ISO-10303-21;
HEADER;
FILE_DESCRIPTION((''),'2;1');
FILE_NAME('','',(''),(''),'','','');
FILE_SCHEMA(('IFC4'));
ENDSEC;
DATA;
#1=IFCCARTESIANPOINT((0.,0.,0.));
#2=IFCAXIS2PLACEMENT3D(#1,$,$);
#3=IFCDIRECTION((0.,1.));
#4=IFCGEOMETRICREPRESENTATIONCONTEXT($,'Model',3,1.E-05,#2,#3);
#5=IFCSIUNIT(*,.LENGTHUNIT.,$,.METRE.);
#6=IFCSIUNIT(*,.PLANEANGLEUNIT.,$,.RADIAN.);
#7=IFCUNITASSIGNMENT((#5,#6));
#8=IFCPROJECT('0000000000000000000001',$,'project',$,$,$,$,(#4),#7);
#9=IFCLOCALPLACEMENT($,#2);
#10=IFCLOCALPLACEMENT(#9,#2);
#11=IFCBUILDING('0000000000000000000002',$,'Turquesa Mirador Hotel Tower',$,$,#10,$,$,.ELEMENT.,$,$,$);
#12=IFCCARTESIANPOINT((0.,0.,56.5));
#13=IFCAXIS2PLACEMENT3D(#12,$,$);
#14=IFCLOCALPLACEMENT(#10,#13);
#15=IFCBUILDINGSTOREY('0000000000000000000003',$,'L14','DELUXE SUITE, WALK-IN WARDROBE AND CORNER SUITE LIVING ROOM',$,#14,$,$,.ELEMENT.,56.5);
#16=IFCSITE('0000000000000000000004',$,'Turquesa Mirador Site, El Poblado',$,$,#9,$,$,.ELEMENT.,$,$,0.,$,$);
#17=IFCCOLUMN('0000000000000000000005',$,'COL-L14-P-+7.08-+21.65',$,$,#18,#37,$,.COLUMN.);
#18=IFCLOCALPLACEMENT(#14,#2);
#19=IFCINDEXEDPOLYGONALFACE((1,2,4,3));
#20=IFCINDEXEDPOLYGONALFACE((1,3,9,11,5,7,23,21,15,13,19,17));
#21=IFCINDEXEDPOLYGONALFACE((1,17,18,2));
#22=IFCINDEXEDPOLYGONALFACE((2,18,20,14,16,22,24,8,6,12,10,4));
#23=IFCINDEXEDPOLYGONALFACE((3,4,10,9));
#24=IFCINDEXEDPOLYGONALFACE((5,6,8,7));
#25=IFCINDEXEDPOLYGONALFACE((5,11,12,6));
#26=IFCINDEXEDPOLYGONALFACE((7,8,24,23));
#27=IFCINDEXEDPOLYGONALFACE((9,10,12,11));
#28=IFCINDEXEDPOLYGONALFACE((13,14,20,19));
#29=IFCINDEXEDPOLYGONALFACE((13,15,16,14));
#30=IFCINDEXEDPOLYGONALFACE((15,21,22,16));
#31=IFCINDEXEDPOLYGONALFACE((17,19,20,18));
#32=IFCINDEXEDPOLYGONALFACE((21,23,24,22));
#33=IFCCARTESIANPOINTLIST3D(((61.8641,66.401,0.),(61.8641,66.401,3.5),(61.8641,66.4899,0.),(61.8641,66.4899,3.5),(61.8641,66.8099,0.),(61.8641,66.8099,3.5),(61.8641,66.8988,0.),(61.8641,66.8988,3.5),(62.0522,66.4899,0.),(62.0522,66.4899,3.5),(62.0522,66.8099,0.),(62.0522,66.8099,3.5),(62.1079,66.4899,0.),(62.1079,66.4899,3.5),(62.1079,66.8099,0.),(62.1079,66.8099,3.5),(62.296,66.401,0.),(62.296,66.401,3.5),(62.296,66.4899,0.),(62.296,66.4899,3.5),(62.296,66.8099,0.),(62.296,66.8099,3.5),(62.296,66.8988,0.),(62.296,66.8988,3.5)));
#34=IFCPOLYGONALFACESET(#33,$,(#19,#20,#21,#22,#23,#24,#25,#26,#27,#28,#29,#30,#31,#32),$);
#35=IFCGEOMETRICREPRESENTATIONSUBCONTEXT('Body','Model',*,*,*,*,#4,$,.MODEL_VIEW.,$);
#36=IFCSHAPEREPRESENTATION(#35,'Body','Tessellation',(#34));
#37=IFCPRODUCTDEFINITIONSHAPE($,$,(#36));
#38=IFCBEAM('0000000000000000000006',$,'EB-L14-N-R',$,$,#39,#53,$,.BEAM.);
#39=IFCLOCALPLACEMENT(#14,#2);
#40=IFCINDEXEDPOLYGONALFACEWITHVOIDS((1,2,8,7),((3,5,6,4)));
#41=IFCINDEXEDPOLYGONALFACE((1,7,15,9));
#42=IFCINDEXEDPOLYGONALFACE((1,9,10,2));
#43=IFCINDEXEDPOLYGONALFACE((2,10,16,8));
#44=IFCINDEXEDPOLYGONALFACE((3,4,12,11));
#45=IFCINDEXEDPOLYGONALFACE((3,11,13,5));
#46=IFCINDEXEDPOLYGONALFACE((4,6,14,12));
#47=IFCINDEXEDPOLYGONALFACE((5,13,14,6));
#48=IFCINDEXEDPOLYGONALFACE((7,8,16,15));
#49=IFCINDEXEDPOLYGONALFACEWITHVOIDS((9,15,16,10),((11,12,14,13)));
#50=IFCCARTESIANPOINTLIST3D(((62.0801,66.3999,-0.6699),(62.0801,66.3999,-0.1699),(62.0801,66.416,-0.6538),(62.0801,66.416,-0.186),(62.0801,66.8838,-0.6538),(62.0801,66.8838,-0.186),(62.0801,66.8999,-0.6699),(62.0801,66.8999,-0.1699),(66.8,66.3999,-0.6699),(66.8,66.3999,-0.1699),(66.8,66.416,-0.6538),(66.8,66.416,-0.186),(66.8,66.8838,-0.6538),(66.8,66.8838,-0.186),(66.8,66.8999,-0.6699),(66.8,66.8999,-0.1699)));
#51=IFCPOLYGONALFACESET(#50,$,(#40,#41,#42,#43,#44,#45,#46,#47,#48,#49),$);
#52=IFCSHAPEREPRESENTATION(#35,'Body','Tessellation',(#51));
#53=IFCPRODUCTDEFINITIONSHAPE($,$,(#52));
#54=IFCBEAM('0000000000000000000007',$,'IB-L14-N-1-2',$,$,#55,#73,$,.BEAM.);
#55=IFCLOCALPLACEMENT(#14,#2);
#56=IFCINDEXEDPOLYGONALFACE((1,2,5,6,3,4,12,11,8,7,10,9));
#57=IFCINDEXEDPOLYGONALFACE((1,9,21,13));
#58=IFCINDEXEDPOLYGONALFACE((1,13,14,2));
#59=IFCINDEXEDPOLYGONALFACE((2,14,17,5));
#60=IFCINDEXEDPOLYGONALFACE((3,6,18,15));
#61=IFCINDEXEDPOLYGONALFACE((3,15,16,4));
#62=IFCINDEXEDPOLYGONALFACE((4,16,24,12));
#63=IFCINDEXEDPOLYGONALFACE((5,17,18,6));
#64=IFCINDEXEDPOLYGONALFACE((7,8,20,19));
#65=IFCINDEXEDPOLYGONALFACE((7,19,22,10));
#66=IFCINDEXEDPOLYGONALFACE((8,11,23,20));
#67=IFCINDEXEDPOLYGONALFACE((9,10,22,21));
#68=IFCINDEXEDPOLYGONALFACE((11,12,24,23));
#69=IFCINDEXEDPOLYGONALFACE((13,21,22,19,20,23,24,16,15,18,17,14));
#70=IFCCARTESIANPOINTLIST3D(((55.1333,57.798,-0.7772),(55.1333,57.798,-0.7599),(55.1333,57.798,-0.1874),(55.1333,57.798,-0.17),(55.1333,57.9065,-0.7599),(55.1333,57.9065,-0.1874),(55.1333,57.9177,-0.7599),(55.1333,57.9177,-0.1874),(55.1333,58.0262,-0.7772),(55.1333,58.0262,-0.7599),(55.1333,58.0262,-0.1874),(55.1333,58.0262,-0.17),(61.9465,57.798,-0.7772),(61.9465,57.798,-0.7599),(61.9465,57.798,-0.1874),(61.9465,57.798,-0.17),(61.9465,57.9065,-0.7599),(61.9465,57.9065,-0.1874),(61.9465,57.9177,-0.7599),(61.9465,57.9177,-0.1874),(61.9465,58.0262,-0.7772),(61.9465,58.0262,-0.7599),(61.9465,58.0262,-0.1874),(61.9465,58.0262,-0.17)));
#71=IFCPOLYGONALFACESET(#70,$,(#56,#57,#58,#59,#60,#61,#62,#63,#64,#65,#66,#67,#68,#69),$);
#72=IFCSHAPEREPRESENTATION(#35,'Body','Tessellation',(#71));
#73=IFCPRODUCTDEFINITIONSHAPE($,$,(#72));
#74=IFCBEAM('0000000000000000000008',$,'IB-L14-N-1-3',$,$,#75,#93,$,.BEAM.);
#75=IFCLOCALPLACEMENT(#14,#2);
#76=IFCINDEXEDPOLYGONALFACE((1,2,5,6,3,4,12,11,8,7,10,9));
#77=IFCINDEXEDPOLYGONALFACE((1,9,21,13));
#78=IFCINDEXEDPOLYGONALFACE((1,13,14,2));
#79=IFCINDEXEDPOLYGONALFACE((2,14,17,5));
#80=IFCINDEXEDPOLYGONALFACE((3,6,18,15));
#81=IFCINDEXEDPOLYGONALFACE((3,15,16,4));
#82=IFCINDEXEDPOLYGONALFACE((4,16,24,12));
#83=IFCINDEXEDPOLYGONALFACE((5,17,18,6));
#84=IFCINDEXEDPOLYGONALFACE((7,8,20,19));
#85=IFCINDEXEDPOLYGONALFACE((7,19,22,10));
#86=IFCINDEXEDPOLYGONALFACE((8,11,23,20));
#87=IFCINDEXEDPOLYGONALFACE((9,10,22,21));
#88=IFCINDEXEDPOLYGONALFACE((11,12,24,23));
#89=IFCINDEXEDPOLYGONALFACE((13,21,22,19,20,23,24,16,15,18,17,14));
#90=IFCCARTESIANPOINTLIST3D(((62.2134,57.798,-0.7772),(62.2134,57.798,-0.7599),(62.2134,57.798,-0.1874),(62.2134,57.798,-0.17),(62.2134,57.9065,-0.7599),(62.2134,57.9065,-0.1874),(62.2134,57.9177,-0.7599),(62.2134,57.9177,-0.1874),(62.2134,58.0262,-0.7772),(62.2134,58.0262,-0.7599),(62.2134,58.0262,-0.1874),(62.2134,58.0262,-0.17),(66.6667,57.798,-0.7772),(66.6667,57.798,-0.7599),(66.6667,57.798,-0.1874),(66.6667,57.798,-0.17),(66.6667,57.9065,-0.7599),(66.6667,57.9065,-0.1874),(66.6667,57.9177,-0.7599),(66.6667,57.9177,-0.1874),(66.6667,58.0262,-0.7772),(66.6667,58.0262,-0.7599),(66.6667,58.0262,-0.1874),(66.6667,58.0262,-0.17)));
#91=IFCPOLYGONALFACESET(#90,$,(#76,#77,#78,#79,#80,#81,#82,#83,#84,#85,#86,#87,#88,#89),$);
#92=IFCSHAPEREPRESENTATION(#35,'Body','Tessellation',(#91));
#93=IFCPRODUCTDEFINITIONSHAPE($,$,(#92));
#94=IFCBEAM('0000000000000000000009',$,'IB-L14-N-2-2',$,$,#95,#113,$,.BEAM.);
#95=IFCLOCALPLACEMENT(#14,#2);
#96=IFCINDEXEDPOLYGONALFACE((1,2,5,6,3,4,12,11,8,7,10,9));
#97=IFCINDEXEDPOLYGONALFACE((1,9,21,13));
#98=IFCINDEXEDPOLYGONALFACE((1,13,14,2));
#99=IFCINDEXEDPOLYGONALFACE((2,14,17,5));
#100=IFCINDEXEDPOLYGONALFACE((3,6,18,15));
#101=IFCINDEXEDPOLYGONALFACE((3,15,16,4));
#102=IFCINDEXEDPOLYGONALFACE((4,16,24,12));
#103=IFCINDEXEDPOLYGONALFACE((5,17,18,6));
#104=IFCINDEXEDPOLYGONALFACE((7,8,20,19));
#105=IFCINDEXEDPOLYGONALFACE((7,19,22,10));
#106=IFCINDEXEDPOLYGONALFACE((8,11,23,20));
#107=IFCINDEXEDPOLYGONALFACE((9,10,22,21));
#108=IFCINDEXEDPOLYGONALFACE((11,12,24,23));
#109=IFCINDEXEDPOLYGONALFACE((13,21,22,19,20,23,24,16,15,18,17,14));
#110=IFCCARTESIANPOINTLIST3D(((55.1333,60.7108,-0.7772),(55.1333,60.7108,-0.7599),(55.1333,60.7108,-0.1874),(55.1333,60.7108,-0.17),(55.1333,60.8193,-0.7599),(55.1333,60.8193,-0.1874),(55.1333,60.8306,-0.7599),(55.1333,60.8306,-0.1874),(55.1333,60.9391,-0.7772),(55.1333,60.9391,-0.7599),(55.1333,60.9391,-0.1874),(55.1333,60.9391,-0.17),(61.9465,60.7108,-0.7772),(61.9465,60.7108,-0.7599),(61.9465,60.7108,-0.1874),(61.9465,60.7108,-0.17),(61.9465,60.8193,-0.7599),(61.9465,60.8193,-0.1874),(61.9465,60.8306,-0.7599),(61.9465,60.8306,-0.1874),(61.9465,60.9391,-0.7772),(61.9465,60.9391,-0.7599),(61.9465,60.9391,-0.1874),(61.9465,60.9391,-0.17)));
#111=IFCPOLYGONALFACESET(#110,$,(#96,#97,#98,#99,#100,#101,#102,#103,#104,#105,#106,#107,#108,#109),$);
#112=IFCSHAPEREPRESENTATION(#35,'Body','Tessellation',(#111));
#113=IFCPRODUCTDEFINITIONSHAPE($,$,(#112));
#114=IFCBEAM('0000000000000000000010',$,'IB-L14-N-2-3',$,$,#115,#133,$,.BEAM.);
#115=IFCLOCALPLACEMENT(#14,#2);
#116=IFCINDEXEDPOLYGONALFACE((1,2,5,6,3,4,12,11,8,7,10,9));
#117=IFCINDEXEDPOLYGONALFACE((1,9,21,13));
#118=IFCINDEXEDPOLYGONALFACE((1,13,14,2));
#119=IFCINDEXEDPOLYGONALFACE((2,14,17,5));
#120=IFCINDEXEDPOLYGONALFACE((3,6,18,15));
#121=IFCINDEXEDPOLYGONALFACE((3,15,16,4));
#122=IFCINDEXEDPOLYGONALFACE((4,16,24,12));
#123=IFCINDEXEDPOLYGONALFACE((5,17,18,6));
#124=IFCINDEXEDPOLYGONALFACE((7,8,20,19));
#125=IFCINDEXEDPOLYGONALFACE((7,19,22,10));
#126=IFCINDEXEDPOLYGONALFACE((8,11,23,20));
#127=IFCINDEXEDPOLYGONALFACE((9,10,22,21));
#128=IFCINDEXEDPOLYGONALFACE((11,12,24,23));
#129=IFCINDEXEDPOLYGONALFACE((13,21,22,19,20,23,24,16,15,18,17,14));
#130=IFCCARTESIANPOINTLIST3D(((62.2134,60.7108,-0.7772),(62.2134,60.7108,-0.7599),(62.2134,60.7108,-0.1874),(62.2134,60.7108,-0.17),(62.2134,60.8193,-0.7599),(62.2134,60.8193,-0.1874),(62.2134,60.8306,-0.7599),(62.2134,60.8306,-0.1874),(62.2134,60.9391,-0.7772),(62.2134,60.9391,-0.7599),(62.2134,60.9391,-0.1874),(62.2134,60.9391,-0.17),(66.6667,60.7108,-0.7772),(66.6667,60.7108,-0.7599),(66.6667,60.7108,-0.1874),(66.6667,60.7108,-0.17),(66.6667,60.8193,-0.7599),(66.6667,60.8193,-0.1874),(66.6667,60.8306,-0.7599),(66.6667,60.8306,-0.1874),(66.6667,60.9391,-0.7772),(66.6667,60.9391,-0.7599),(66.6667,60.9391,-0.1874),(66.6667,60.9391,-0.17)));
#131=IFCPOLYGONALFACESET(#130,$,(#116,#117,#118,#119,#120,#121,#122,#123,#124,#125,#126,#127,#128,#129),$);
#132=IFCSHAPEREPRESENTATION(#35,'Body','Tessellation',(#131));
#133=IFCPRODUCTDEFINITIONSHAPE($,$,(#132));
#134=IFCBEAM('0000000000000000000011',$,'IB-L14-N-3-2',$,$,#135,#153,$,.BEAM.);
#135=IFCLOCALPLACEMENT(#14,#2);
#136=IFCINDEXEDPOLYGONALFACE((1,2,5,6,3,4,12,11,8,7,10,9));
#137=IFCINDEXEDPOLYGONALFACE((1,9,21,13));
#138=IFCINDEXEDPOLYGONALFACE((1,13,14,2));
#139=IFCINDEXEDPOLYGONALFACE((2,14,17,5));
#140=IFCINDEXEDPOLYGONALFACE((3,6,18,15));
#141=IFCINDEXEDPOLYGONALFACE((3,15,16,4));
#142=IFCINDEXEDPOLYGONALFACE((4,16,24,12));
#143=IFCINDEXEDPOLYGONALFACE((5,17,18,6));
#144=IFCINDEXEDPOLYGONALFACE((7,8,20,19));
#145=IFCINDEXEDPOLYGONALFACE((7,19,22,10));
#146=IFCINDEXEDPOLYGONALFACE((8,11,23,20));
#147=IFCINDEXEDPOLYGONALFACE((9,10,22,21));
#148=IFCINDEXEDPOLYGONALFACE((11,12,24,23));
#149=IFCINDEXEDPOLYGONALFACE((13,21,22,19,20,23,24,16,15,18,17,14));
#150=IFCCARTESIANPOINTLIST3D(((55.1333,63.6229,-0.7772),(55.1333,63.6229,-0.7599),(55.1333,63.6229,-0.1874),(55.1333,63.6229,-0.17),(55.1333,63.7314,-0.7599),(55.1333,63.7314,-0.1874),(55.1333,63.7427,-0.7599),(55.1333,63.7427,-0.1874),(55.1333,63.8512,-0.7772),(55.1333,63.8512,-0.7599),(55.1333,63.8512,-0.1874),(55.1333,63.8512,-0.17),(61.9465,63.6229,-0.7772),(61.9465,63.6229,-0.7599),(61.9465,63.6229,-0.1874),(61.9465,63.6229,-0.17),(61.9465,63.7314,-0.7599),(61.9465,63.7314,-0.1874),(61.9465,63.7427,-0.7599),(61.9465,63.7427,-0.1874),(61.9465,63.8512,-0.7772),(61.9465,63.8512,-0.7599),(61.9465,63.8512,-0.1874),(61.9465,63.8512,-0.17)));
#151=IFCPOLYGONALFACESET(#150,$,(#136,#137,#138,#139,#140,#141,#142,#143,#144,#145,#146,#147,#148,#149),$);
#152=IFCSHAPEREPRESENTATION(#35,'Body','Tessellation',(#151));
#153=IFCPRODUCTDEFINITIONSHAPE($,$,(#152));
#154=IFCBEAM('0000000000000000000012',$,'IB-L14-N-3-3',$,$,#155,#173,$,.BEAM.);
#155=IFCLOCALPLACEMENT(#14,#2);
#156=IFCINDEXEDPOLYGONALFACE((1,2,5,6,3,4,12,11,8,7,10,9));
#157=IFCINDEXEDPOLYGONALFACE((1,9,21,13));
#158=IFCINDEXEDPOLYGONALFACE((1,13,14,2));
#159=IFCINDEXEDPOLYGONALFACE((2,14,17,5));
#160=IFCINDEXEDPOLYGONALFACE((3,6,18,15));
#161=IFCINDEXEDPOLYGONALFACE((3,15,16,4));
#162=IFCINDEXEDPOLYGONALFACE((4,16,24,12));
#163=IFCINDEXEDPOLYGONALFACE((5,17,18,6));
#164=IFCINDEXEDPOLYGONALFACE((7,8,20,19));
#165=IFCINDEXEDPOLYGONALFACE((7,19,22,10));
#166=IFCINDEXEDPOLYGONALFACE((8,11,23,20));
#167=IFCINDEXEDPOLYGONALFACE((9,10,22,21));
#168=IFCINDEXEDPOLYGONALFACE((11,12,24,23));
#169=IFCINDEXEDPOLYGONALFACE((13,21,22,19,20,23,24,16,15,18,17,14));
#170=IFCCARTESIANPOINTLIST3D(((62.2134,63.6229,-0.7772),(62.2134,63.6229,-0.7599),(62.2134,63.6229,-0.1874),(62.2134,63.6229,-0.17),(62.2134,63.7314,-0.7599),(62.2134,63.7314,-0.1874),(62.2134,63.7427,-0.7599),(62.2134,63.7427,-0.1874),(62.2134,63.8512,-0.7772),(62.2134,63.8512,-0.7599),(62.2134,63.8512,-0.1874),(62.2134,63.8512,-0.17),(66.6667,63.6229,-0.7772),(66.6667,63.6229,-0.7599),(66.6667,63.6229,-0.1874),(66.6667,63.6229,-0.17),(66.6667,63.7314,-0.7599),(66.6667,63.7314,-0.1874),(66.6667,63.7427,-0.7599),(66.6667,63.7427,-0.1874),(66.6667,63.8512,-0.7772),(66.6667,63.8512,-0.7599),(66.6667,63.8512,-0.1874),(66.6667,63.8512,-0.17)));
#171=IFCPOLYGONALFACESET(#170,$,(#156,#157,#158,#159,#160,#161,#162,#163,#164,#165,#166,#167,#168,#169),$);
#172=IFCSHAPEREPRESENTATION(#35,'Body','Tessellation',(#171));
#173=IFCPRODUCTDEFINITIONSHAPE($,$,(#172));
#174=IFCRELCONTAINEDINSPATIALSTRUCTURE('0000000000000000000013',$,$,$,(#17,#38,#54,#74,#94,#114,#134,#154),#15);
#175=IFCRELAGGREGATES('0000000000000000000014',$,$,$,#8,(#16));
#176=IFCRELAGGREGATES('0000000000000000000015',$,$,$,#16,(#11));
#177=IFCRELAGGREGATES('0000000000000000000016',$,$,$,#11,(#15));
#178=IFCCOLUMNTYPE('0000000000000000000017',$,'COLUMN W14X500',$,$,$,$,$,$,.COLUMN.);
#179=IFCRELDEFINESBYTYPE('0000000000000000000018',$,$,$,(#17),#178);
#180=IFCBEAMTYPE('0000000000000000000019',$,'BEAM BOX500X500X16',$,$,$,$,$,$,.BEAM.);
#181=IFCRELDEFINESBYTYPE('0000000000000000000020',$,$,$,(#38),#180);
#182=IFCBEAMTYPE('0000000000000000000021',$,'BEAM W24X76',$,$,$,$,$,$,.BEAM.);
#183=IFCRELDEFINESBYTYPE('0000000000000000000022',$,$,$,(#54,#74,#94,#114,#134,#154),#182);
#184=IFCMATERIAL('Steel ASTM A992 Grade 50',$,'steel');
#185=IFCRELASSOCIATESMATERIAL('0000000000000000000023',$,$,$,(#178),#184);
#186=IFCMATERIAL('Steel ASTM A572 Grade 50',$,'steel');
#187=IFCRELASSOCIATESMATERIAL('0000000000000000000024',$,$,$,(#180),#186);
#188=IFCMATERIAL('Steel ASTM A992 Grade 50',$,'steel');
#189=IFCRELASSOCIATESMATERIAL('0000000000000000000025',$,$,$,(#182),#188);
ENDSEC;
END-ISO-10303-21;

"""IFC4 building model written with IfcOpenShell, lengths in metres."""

from ifc_helpers import new_model, si_unit, direction, frame, origin, origin_2d, place, context, subcontext, project, spatial, hollow_rectangle, i_section, extrude, material, material_profile, profile_set, type_object, element, save


model = new_model("IFC4")

# Units and contexts
model_context = context("Model", 3, precision=1e-05, world=origin(), true_north=direction((0.0, 1.0)))
body_context = subcontext(model_context, "Body", "Model", "MODEL_VIEW")
ifc_project = project(units=[si_unit("LENGTHUNIT", "METRE"), si_unit("PLANEANGLEUNIT", "RADIAN")], contexts=[model_context])

# Site, building, storey
site_placement = place(None, origin())
site = spatial("IfcSite", under=ifc_project, at=site_placement, Name="Turquesa Mirador Site, El Poblado", CompositionType="ELEMENT", RefElevation=0.0)
building_placement = place(site_placement, origin())
building = spatial("IfcBuilding", under=site, at=building_placement, Name="Turquesa Mirador Hotel Tower", CompositionType="ELEMENT")
storey_placement = place(building_placement, frame((0.0, 0.0, 56.5)))
storey = spatial("IfcBuildingStorey", under=building, at=storey_placement, Name="L14", Description="DELUXE SUITE, WALK-IN WARDROBE AND CORNER SUITE LIVING ROOM", CompositionType="ELEMENT", Elevation=56.5)

# Column
ifc_material_1 = material(Name="Steel ASTM A992 Grade 50", Category="steel")
ifc_material_profile_1 = material_profile(ifc_material_1, i_section(OverallWidth=0.4319, OverallDepth=0.4978, WebThickness=0.0557, FlangeThickness=0.0889, at=origin_2d()), Name="W14X500")
ifc_profile_set_1 = profile_set([ifc_material_profile_1], Name="Steel ASTM A992 Grade 50")
column_type = type_object("IfcColumnType", Name="COLUMN W14X500", PredefinedType="COLUMN", material=ifc_profile_set_1)
column_placement = place(storey_placement, frame((62.0801, 66.6499, 0.0), z_axis=(0.0, 0.0, 1.0), x_axis=(1.0, 0.0, 0.0)))
element("IfcColumn", 1, at=column_placement, inside=storey, type_object=column_type, Name="COL-L14-P-+7.08-+21.65", PredefinedType="COLUMN", context=body_context, shape_type="SweptSolid", body=[
    extrude(i_section(OverallWidth=0.4319, OverallDepth=0.4978, WebThickness=0.0557, FlangeThickness=0.0889, at=origin_2d()), origin(), (0.0, 0.0, 1.0), 3.5),
])

# Beams
ifc_material_2 = material(Name="Steel ASTM A572 Grade 50", Category="steel")
ifc_material_profile_2 = material_profile(ifc_material_2, hollow_rectangle(XDim=0.5, YDim=0.5, WallThickness=0.0161, at=origin_2d()), Name="BOX500X500X16")
ifc_profile_set_2 = profile_set([ifc_material_profile_2], Name="Steel ASTM A572 Grade 50")
beam_type_1 = type_object("IfcBeamType", Name="BEAM BOX500X500X16", PredefinedType="BEAM", material=ifc_profile_set_2)
beam_1_placement = place(storey_placement, frame((62.0801, 66.6499, -0.4199), z_axis=(1.0, 0.0, 0.0), x_axis=(0.0, 1.0, 0.0)))
element("IfcBeam", 2, at=beam_1_placement, inside=storey, type_object=beam_type_1, Name="EB-L14-N-R", PredefinedType="BEAM", context=body_context, shape_type="SweptSolid", body=[
    extrude(hollow_rectangle(XDim=0.5, YDim=0.5, WallThickness=0.0161, at=origin_2d()), origin(), (0.0, 0.0, 1.0), 4.72),
])
ifc_material_3 = material(Name="Steel ASTM A992 Grade 50", Category="steel")
ifc_material_profile_3 = material_profile(ifc_material_3, i_section(OverallWidth=0.2283, OverallDepth=0.6072, WebThickness=0.0112, FlangeThickness=0.0173, at=origin_2d()), Name="W24X76")
ifc_profile_set_3 = profile_set([ifc_material_profile_3], Name="Steel ASTM A992 Grade 50")
beam_type_2 = type_object("IfcBeamType", Name="BEAM W24X76", PredefinedType="BEAM", material=ifc_profile_set_3)
beam_2_placement = place(storey_placement, frame((55.1333, 57.9121, -0.4736), z_axis=(1.0, 0.0, 0.0), x_axis=(0.0, 1.0, 0.0)))
element("IfcBeam", 3, at=beam_2_placement, inside=storey, type_object=beam_type_2, Name="IB-L14-N-1-2", PredefinedType="BEAM", context=body_context, shape_type="SweptSolid", body=[
    extrude(i_section(OverallWidth=0.2283, OverallDepth=0.6072, WebThickness=0.0112, FlangeThickness=0.0173, at=origin_2d()), origin(), (0.0, 0.0, 1.0), 6.8132),
])
beam_3_placement = place(storey_placement, frame((62.2134, 57.9121, -0.4736), z_axis=(1.0, 0.0, 0.0), x_axis=(0.0, 1.0, 0.0)))
element("IfcBeam", 4, at=beam_3_placement, inside=storey, type_object=beam_type_2, Name="IB-L14-N-1-3", PredefinedType="BEAM", context=body_context, shape_type="SweptSolid", body=[
    extrude(i_section(OverallWidth=0.2283, OverallDepth=0.6072, WebThickness=0.0112, FlangeThickness=0.0173, at=origin_2d()), origin(), (0.0, 0.0, 1.0), 4.4534),
])
beam_4_placement = place(storey_placement, frame((55.1333, 60.825, -0.4736), z_axis=(1.0, 0.0, 0.0), x_axis=(0.0, 1.0, 0.0)))
element("IfcBeam", 5, at=beam_4_placement, inside=storey, type_object=beam_type_2, Name="IB-L14-N-2-2", PredefinedType="BEAM", context=body_context, shape_type="SweptSolid", body=[
    extrude(i_section(OverallWidth=0.2283, OverallDepth=0.6072, WebThickness=0.0112, FlangeThickness=0.0173, at=origin_2d()), origin(), (0.0, 0.0, 1.0), 6.8132),
])
beam_5_placement = place(storey_placement, frame((62.2134, 60.825, -0.4736), z_axis=(1.0, 0.0, 0.0), x_axis=(0.0, 1.0, 0.0)))
element("IfcBeam", 6, at=beam_5_placement, inside=storey, type_object=beam_type_2, Name="IB-L14-N-2-3", PredefinedType="BEAM", context=body_context, shape_type="SweptSolid", body=[
    extrude(i_section(OverallWidth=0.2283, OverallDepth=0.6072, WebThickness=0.0112, FlangeThickness=0.0173, at=origin_2d()), origin(), (0.0, 0.0, 1.0), 4.4534),
])
beam_6_placement = place(storey_placement, frame((55.1333, 63.7371, -0.4736), z_axis=(1.0, 0.0, 0.0), x_axis=(0.0, 1.0, 0.0)))
element("IfcBeam", 7, at=beam_6_placement, inside=storey, type_object=beam_type_2, Name="IB-L14-N-3-2", PredefinedType="BEAM", context=body_context, shape_type="SweptSolid", body=[
    extrude(i_section(OverallWidth=0.2283, OverallDepth=0.6072, WebThickness=0.0112, FlangeThickness=0.0173, at=origin_2d()), origin(), (0.0, 0.0, 1.0), 6.8132),
])
beam_7_placement = place(storey_placement, frame((62.2134, 63.7371, -0.4736), z_axis=(1.0, 0.0, 0.0), x_axis=(0.0, 1.0, 0.0)))
element("IfcBeam", 8, at=beam_7_placement, inside=storey, type_object=beam_type_2, Name="IB-L14-N-3-3", PredefinedType="BEAM", context=body_context, shape_type="SweptSolid", body=[
    extrude(i_section(OverallWidth=0.2283, OverallDepth=0.6072, WebThickness=0.0112, FlangeThickness=0.0173, at=origin_2d()), origin(), (0.0, 0.0, 1.0), 4.4534),
])

save(model, "model.ifc")
